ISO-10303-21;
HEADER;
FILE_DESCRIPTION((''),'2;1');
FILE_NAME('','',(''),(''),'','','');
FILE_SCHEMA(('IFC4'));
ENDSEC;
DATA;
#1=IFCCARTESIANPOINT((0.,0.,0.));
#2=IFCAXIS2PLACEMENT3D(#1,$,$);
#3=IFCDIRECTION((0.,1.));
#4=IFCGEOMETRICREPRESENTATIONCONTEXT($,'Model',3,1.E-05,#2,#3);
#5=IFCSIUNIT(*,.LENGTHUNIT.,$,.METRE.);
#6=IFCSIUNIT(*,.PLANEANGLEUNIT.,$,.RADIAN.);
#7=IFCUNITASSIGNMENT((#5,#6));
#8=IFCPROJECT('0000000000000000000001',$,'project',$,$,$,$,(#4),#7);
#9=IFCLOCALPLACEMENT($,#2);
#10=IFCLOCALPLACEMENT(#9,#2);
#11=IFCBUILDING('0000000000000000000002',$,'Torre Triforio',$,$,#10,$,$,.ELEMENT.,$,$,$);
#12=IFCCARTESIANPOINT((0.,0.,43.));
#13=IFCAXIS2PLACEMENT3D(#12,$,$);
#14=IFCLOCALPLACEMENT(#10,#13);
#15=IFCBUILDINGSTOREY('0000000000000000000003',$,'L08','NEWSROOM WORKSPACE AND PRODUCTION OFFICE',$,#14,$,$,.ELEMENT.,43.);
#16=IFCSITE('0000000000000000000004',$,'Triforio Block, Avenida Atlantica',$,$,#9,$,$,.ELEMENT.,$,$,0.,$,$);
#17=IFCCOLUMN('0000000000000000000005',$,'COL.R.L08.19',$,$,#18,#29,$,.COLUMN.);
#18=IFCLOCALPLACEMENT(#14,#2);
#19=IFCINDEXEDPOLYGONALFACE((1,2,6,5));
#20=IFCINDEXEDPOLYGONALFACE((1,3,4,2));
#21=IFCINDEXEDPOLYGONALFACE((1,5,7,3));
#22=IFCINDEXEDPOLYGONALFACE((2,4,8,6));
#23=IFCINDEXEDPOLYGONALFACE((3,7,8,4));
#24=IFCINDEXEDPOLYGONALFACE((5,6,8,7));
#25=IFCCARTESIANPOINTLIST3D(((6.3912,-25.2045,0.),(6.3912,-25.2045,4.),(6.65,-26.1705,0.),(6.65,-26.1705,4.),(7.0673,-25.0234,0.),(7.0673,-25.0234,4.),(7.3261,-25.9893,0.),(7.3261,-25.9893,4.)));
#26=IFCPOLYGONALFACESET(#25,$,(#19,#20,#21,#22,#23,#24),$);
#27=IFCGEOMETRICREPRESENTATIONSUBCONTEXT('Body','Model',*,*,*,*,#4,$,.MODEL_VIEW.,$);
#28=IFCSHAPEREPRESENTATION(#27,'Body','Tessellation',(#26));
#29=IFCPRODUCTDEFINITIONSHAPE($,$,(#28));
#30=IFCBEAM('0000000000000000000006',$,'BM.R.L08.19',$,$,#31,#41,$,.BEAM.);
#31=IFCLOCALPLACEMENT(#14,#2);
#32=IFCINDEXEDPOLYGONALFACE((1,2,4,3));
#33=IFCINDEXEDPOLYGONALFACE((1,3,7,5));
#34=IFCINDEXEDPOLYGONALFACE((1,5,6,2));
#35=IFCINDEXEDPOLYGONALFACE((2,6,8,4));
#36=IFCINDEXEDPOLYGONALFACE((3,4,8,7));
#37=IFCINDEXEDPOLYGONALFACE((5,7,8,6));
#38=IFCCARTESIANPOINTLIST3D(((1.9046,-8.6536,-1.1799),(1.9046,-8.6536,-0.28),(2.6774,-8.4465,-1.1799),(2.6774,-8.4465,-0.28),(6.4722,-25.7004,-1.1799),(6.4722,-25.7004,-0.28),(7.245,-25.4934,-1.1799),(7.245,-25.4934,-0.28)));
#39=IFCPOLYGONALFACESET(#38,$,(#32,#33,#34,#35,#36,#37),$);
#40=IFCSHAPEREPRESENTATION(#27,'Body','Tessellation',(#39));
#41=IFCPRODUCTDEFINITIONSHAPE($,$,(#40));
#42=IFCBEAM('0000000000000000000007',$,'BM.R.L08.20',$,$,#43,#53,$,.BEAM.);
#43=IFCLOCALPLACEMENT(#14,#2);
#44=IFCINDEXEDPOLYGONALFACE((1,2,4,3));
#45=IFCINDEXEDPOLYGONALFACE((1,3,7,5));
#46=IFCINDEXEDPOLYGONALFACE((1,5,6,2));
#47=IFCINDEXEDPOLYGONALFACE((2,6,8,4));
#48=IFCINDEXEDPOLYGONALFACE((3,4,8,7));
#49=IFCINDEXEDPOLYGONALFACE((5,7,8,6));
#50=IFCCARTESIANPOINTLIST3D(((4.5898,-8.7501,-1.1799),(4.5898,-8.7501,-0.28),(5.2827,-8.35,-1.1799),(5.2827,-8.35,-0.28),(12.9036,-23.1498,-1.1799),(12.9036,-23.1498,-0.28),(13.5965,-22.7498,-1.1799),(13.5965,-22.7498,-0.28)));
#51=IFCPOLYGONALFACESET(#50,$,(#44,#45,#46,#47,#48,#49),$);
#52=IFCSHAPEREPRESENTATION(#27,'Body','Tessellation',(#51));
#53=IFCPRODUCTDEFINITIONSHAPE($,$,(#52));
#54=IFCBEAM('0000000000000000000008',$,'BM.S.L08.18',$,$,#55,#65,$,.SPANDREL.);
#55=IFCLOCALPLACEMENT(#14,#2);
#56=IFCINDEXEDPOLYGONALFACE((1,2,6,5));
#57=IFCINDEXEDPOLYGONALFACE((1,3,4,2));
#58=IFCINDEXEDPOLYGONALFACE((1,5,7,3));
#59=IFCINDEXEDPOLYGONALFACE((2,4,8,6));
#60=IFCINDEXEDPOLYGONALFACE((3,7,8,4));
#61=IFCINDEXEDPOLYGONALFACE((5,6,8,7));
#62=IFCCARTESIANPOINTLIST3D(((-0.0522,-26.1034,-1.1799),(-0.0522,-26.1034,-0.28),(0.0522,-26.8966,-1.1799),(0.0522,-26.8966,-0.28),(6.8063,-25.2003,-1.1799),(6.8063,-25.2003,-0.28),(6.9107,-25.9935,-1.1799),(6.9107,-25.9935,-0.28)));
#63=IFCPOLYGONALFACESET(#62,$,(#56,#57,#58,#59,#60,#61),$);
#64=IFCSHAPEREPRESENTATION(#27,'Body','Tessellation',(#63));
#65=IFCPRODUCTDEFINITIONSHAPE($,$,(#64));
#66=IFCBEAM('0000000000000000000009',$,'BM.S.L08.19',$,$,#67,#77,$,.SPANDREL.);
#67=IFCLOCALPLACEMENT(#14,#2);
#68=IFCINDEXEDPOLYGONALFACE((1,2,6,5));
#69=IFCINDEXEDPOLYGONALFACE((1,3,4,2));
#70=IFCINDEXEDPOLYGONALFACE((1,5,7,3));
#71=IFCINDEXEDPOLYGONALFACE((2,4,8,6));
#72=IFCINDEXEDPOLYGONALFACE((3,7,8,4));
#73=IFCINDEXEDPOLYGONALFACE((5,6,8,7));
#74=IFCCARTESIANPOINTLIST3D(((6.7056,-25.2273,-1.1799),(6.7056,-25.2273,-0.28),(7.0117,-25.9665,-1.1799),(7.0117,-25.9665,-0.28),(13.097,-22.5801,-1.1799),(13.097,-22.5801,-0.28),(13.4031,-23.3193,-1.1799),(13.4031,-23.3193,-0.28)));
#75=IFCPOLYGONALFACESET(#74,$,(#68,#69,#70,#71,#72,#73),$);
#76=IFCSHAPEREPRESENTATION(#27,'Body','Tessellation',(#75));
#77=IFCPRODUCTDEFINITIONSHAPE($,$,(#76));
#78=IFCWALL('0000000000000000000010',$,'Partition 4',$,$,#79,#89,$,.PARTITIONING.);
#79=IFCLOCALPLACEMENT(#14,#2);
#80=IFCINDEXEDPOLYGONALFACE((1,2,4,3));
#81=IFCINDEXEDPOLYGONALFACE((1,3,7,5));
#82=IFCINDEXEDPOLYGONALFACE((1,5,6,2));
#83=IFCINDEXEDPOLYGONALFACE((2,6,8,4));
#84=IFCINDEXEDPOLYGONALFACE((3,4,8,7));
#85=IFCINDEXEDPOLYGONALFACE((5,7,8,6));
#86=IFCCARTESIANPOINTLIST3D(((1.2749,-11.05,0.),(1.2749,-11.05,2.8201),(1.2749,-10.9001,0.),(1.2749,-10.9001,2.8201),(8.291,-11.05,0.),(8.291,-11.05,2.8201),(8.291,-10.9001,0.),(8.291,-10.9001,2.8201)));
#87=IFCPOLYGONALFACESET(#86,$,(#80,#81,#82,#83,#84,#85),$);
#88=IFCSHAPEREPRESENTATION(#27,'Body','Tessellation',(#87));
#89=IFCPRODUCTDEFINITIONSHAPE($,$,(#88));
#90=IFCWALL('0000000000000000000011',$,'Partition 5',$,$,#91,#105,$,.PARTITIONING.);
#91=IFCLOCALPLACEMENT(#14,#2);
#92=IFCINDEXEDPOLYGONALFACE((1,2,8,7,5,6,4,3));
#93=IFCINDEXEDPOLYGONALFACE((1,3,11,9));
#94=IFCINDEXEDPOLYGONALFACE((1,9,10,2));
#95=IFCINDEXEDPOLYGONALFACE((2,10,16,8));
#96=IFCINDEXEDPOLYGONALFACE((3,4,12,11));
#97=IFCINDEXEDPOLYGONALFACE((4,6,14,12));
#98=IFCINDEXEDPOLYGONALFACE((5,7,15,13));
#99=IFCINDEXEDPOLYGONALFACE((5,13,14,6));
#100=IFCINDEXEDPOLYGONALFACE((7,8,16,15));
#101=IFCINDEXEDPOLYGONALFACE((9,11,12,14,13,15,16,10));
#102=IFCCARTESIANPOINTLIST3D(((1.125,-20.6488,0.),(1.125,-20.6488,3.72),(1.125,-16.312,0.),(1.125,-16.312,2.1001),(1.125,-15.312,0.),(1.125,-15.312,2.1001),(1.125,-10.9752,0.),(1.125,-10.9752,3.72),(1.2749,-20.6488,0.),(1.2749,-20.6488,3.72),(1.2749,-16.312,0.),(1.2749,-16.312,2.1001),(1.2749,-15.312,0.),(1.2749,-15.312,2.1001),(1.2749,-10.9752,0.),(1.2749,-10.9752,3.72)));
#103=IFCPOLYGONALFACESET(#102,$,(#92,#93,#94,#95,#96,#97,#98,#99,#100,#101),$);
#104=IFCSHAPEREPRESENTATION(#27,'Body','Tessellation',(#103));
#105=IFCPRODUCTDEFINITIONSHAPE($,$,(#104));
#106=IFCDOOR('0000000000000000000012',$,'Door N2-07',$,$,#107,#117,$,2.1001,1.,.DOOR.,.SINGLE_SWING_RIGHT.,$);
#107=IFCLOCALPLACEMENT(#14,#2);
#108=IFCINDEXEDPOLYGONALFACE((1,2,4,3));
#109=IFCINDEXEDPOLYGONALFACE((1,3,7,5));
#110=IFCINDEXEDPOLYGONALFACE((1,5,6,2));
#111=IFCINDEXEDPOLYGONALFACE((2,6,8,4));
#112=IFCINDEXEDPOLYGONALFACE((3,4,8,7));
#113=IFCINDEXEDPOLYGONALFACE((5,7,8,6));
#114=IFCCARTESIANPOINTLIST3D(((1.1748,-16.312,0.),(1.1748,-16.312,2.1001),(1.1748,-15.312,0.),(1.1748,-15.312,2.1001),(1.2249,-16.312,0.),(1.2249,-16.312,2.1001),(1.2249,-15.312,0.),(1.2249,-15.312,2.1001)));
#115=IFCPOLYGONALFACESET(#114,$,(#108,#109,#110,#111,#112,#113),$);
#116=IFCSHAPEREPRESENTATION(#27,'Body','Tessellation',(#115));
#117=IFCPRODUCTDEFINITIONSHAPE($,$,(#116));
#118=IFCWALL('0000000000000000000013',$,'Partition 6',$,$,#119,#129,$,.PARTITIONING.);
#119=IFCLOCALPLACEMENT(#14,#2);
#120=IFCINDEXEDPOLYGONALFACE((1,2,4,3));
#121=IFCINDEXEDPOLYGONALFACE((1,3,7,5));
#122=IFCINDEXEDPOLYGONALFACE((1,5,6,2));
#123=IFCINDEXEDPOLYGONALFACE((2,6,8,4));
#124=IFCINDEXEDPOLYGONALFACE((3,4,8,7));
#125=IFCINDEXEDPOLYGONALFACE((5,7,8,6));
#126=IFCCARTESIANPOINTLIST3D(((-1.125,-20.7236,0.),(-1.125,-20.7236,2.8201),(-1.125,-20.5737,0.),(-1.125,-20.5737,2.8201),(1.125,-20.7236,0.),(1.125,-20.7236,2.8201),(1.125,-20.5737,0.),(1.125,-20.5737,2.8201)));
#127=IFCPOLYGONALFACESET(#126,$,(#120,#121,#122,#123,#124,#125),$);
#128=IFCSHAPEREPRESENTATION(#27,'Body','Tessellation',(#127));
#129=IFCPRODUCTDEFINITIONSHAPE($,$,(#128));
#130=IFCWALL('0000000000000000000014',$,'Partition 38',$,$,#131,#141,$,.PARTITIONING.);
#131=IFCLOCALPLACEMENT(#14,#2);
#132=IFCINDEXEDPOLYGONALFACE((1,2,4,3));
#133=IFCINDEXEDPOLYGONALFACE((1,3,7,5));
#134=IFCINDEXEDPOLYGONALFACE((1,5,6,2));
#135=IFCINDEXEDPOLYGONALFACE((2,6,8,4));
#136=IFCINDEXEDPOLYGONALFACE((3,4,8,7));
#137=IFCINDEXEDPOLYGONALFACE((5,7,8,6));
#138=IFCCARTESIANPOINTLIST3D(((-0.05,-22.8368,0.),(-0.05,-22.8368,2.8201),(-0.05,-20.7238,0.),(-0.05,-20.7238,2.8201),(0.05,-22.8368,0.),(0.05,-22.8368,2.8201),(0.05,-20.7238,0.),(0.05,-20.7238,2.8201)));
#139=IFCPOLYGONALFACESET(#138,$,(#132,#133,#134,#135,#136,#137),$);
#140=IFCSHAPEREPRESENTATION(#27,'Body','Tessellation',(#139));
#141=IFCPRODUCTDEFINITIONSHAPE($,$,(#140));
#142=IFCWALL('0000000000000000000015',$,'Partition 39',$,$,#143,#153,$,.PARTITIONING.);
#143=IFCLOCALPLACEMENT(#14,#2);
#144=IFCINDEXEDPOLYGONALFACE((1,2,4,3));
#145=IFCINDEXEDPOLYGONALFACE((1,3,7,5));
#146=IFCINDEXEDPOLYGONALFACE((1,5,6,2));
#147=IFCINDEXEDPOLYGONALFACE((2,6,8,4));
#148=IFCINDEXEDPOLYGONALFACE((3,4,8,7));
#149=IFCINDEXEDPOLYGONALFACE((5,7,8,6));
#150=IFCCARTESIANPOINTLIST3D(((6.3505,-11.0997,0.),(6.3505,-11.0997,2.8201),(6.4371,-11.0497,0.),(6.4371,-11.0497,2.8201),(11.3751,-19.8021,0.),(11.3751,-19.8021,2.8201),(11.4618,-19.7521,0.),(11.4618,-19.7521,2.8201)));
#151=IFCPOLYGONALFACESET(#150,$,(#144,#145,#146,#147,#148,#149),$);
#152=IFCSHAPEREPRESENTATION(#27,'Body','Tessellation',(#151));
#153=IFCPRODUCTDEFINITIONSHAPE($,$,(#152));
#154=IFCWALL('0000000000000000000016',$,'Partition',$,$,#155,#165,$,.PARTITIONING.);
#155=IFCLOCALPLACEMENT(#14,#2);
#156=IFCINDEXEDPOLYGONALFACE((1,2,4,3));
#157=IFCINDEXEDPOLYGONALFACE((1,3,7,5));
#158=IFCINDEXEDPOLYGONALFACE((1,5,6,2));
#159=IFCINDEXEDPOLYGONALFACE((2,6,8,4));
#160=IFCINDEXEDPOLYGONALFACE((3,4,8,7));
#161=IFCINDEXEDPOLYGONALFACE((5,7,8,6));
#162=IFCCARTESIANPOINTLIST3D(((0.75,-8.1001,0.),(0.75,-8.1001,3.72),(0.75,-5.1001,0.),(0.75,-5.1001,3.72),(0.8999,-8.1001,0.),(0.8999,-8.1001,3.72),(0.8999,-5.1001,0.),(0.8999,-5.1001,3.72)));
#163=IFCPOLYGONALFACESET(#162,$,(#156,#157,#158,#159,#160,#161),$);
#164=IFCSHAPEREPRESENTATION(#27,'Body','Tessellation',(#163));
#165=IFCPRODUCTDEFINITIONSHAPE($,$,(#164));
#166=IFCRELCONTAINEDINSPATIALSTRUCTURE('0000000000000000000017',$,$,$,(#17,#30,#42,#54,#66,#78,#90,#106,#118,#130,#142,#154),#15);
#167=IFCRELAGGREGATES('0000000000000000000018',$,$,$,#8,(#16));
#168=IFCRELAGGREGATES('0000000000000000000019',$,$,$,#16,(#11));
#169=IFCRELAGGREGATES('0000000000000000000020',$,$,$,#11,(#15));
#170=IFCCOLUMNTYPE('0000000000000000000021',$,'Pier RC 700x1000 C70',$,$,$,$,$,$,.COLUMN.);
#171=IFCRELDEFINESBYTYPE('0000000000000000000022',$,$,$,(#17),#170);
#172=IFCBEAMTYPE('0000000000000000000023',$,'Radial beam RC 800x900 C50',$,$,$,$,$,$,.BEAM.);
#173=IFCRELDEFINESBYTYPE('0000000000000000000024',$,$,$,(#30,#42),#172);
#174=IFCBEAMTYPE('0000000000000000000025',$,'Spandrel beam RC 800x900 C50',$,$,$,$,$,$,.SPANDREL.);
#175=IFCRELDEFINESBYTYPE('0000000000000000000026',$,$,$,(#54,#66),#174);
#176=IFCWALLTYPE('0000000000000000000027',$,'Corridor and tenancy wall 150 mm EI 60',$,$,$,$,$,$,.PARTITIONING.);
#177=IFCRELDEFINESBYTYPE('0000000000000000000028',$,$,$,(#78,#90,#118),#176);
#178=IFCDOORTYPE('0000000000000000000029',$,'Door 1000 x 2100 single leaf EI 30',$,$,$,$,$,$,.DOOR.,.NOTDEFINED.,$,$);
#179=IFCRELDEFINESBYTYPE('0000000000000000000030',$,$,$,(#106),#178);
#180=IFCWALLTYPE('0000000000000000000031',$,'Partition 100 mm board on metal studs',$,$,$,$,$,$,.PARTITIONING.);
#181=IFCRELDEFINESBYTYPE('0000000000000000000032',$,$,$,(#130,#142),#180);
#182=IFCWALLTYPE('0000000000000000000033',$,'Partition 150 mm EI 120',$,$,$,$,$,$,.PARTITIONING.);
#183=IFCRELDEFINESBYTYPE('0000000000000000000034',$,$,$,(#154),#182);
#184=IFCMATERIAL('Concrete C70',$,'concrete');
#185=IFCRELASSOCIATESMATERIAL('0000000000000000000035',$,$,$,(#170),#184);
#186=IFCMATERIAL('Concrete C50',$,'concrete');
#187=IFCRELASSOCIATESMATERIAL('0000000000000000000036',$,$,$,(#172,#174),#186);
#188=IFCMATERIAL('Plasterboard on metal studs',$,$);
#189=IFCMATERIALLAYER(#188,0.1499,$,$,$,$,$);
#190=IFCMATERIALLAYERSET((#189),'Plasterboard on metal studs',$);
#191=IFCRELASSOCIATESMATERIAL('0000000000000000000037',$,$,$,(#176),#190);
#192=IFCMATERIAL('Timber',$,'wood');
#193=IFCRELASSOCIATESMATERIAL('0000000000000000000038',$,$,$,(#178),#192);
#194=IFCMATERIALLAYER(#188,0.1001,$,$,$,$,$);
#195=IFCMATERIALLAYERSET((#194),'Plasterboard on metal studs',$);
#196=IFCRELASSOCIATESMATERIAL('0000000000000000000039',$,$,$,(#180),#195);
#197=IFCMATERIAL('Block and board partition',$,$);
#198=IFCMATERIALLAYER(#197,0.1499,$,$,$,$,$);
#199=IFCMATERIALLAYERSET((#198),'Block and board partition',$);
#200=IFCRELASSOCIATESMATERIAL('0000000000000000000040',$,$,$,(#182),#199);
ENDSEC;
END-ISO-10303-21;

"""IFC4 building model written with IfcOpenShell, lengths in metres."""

from ifc_helpers import new_model, si_unit, direction, frame, frame_2d, origin, origin_2d, place, context, subcontext, project, spatial, rectangle, extrude, material, layer, layer_set, material_profile, profile_set, type_object, element, fill, save


model = new_model("IFC4")

# Units and contexts
model_context = context("Model", 3, precision=1e-05, world=origin(), true_north=direction((0.0, 1.0)))
body_context = subcontext(model_context, "Body", "Model", "MODEL_VIEW")
ifc_project = project(units=[si_unit("LENGTHUNIT", "METRE"), si_unit("PLANEANGLEUNIT", "RADIAN")], contexts=[model_context])

# Site, building, storey
site_placement = place(None, origin())
site = spatial("IfcSite", under=ifc_project, at=site_placement, Name="Triforio Block, Avenida Atlantica", CompositionType="ELEMENT", RefElevation=0.0)
building_placement = place(site_placement, origin())
building = spatial("IfcBuilding", under=site, at=building_placement, Name="Torre Triforio", CompositionType="ELEMENT")
storey_placement = place(building_placement, frame((0.0, 0.0, 43.0)))
storey = spatial("IfcBuildingStorey", under=building, at=storey_placement, Name="L08", Description="NEWSROOM WORKSPACE AND PRODUCTION OFFICE", CompositionType="ELEMENT", Elevation=43.0)

# Column
ifc_material_1 = material(Name="Concrete C70", Category="concrete")
ifc_material_profile_1 = material_profile(ifc_material_1, rectangle(XDim=0.7, YDim=1.0, at=origin_2d()), Name="RC 700x1000")
ifc_profile_set_1 = profile_set([ifc_material_profile_1], Name="Concrete C70")
column_type = type_object("IfcColumnType", Name="Pier RC 700x1000 C70", PredefinedType="COLUMN", material=ifc_profile_set_1)
column_placement = place(storey_placement, frame((6.8586, -25.5969, 0.0), z_axis=(0.0, 0.0, 1.0), x_axis=(0.965926, 0.258819, 0.0)))
element("IfcColumn", 1, at=column_placement, inside=storey, type_object=column_type, Name="COL.R.L08.19", PredefinedType="COLUMN", context=body_context, shape_type="SweptSolid", body=[
    extrude(rectangle(XDim=0.7, YDim=1.0, at=origin_2d()), origin(), (0.0, 0.0, 1.0), 4.0),
])

# Beams
ifc_material_2 = material(Name="Concrete C50", Category="concrete")
ifc_material_profile_2 = material_profile(ifc_material_2, rectangle(XDim=0.8, YDim=0.8999, at=origin_2d()), Name="RC 800x900")
ifc_profile_set_2 = profile_set([ifc_material_profile_2], Name="Concrete C50")
beam_type_1 = type_object("IfcBeamType", Name="Radial beam RC 800x900 C50", PredefinedType="BEAM", material=ifc_profile_set_2)
beam_1_placement = place(storey_placement, frame((2.291, -8.55, -0.73), z_axis=(0.258815, -0.965927, 0.0), x_axis=(0.965927, 0.258815, 0.0)))
element("IfcBeam", 2, at=beam_1_placement, inside=storey, type_object=beam_type_1, Name="BM.R.L08.19", PredefinedType="BEAM", context=body_context, shape_type="SweptSolid", body=[
    extrude(rectangle(XDim=0.8, YDim=0.8999, at=origin_2d()), origin(), (0.0, 0.0, 1.0), 17.6482),
])
beam_2_placement = place(storey_placement, frame((4.9363, -8.55, -0.73), z_axis=(0.500003, -0.866023, 0.0), x_axis=(0.866023, 0.500003, 0.0)))
element("IfcBeam", 3, at=beam_2_placement, inside=storey, type_object=beam_type_1, Name="BM.R.L08.20", PredefinedType="BEAM", context=body_context, shape_type="SweptSolid", body=[
    extrude(rectangle(XDim=0.8, YDim=0.8999, at=origin_2d()), origin(), (0.0, 0.0, 1.0), 16.6274),
])
ifc_material_profile_3 = material_profile(ifc_material_2, rectangle(XDim=0.8, YDim=0.8999, at=origin_2d()), Name="RC 800x900")
ifc_profile_set_3 = profile_set([ifc_material_profile_3], Name="Concrete C50")
beam_type_2 = type_object("IfcBeamType", Name="Spandrel beam RC 800x900 C50", PredefinedType="SPANDREL", material=ifc_profile_set_3)
beam_3_placement = place(storey_placement, frame((0.0, -26.5, -0.73), z_axis=(0.991443, 0.130543, 0.0), x_axis=(-0.130543, 0.991443, 0.0)))
element("IfcBeam", 4, at=beam_3_placement, inside=storey, type_object=beam_type_2, Name="BM.S.L08.18", PredefinedType="SPANDREL", context=body_context, shape_type="SweptSolid", body=[
    extrude(rectangle(XDim=0.8, YDim=0.8999, at=origin_2d()), origin(), (0.0, 0.0, 1.0), 6.9177),
])
beam_4_placement = place(storey_placement, frame((6.8586, -25.5969, -0.73), z_axis=(0.923888, 0.382662, 0.0), x_axis=(-0.382662, 0.923888, 0.0)))
element("IfcBeam", 5, at=beam_4_placement, inside=storey, type_object=beam_type_2, Name="BM.S.L08.19", PredefinedType="SPANDREL", context=body_context, shape_type="SweptSolid", body=[
    extrude(rectangle(XDim=0.8, YDim=0.8999, at=origin_2d()), origin(), (0.0, 0.0, 1.0), 6.918),
])

# Wall
ifc_material_3 = material(Name="Plasterboard on metal studs")
ifc_layer_1 = layer(ifc_material_3, 0.1499)
ifc_layer_set_1 = layer_set([ifc_layer_1], Name="Plasterboard on metal studs")
wall_type_1 = type_object("IfcWallType", Name="Corridor and tenancy wall 150 mm EI 60", PredefinedType="PARTITIONING", material=ifc_layer_set_1)
wall_1_placement = place(storey_placement, frame((8.291, -10.9751, 0.0), z_axis=(0.0, 0.0, 1.0), x_axis=(-1.0, 0.0, 0.0)))
element("IfcWall", 6, at=wall_1_placement, inside=storey, type_object=wall_type_1, Name="Partition 4", PredefinedType="PARTITIONING", context=body_context, shape_type="SweptSolid", body=[
    extrude(rectangle(XDim=7.0161, YDim=0.1499, at=frame_2d((3.5081, 0.0))), origin(), (0.0, 0.0, 1.0), 2.8201),
])

# Wall, opening, door
wall_2_placement = place(storey_placement, frame((1.2, -10.9751, 0.0), z_axis=(0.0, 0.0, 1.0), x_axis=(0.0, -1.0, 0.0)))
wall_2 = element("IfcWall", 7, at=wall_2_placement, inside=storey, type_object=wall_type_1, Name="Partition 5", PredefinedType="PARTITIONING", context=body_context, shape_type="SweptSolid", body=[
    extrude(rectangle(XDim=9.6736, YDim=0.1499, at=frame_2d((4.8369, 0.0))), origin(), (0.0, 0.0, 1.0), 3.72),
])
opening_1_placement = place(wall_2_placement, frame((4.3369, 0.0, 0.0)))
opening_1 = element("IfcOpeningElement", 8, at=opening_1_placement, cuts=wall_2, PredefinedType="OPENING", context=body_context, shape_type="SweptSolid", body=[
    extrude(rectangle(XDim=1.0, YDim=2.1001, at=frame_2d((0.5, 1.05))), frame((0.0, 0.085, 0.0), z_axis=(0.0, -1.0, 0.0), x_axis=(1.0, 0.0, 0.0)), (0.0, 0.0, 1.0), 0.1699),
])
ifc_material_4 = material(Name="Timber", Category="wood")
door_type_1 = type_object("IfcDoorType", Name="Door 1000 x 2100 single leaf EI 30", OperationType="NOTDEFINED", PredefinedType="DOOR", material=ifc_material_4)
door_1_placement = place(opening_1_placement, origin())
door_1 = element("IfcDoor", 9, at=door_1_placement, inside=storey, type_object=door_type_1, Name="Door N2-07", OperationType="SINGLE_SWING_RIGHT", OverallHeight=2.1001, OverallWidth=1.0, PredefinedType="DOOR", context=body_context, shape_type="SweptSolid", body=[
    extrude(rectangle(XDim=1.0, YDim=2.1001, at=frame_2d((0.5, 1.05))), frame((0.0, 0.0249, 0.0), z_axis=(0.0, -1.0, 0.0), x_axis=(1.0, 0.0, 0.0)), (0.0, 0.0, 1.0), 0.05),
])
fill(opening_1, door_1)

# Walls
wall_3_placement = place(storey_placement, frame((1.125, -20.6487, 0.0), z_axis=(0.0, 0.0, 1.0), x_axis=(-1.0, 0.0, 0.0)))
element("IfcWall", 10, at=wall_3_placement, inside=storey, type_object=wall_type_1, Name="Partition 6", PredefinedType="PARTITIONING", context=body_context, shape_type="SweptSolid", body=[
    extrude(rectangle(XDim=2.25, YDim=0.1499, at=frame_2d((1.125, 0.0))), origin(), (0.0, 0.0, 1.0), 2.8201),
])
ifc_layer_2 = layer(ifc_material_3, 0.1001)
ifc_layer_set_2 = layer_set([ifc_layer_2], Name="Plasterboard on metal studs")
wall_type_2 = type_object("IfcWallType", Name="Partition 100 mm board on metal studs", PredefinedType="PARTITIONING", material=ifc_layer_set_2)
wall_4_placement = place(storey_placement, frame((0.0, -20.7236, 0.0), z_axis=(0.0, 0.0, 1.0), x_axis=(0.0, -1.0, 0.0)))
element("IfcWall", 11, at=wall_4_placement, inside=storey, type_object=wall_type_2, Name="Partition 38", PredefinedType="PARTITIONING", context=body_context, shape_type="SweptSolid", body=[
    extrude(rectangle(XDim=2.113, YDim=0.1001, at=frame_2d((1.0566, 0.0))), origin(), (0.0, 0.0, 1.0), 2.8201),
])
wall_5_placement = place(storey_placement, frame((6.3938, -11.0747, 0.0), z_axis=(0.0, 0.0, 1.0), x_axis=(0.500025, -0.866011, 0.0)))
element("IfcWall", 12, at=wall_5_placement, inside=storey, type_object=wall_type_2, Name="Partition 39", PredefinedType="PARTITIONING", context=body_context, shape_type="SweptSolid", body=[
    extrude(rectangle(XDim=10.0488, YDim=0.1001, at=frame_2d((5.0244, 0.0))), origin(), (0.0, 0.0, 1.0), 2.8201),
])
ifc_material_5 = material(Name="Block and board partition")
ifc_layer_3 = layer(ifc_material_5, 0.1499)
ifc_layer_set_3 = layer_set([ifc_layer_3], Name="Block and board partition")
wall_type_3 = type_object("IfcWallType", Name="Partition 150 mm EI 120", PredefinedType="PARTITIONING", material=ifc_layer_set_3)
wall_6_placement = place(storey_placement, frame((0.825, -8.1001, 0.0), z_axis=(0.0, 0.0, 1.0), x_axis=(0.0, 1.0, 0.0)))
element("IfcWall", 13, at=wall_6_placement, inside=storey, type_object=wall_type_3, Name="Partition", PredefinedType="PARTITIONING", context=body_context, shape_type="SweptSolid", body=[
    extrude(rectangle(XDim=3.0, YDim=0.1499, at=frame_2d((1.5, 0.0))), origin(), (0.0, 0.0, 1.0), 3.72),
])

save(model, "model.ifc")
